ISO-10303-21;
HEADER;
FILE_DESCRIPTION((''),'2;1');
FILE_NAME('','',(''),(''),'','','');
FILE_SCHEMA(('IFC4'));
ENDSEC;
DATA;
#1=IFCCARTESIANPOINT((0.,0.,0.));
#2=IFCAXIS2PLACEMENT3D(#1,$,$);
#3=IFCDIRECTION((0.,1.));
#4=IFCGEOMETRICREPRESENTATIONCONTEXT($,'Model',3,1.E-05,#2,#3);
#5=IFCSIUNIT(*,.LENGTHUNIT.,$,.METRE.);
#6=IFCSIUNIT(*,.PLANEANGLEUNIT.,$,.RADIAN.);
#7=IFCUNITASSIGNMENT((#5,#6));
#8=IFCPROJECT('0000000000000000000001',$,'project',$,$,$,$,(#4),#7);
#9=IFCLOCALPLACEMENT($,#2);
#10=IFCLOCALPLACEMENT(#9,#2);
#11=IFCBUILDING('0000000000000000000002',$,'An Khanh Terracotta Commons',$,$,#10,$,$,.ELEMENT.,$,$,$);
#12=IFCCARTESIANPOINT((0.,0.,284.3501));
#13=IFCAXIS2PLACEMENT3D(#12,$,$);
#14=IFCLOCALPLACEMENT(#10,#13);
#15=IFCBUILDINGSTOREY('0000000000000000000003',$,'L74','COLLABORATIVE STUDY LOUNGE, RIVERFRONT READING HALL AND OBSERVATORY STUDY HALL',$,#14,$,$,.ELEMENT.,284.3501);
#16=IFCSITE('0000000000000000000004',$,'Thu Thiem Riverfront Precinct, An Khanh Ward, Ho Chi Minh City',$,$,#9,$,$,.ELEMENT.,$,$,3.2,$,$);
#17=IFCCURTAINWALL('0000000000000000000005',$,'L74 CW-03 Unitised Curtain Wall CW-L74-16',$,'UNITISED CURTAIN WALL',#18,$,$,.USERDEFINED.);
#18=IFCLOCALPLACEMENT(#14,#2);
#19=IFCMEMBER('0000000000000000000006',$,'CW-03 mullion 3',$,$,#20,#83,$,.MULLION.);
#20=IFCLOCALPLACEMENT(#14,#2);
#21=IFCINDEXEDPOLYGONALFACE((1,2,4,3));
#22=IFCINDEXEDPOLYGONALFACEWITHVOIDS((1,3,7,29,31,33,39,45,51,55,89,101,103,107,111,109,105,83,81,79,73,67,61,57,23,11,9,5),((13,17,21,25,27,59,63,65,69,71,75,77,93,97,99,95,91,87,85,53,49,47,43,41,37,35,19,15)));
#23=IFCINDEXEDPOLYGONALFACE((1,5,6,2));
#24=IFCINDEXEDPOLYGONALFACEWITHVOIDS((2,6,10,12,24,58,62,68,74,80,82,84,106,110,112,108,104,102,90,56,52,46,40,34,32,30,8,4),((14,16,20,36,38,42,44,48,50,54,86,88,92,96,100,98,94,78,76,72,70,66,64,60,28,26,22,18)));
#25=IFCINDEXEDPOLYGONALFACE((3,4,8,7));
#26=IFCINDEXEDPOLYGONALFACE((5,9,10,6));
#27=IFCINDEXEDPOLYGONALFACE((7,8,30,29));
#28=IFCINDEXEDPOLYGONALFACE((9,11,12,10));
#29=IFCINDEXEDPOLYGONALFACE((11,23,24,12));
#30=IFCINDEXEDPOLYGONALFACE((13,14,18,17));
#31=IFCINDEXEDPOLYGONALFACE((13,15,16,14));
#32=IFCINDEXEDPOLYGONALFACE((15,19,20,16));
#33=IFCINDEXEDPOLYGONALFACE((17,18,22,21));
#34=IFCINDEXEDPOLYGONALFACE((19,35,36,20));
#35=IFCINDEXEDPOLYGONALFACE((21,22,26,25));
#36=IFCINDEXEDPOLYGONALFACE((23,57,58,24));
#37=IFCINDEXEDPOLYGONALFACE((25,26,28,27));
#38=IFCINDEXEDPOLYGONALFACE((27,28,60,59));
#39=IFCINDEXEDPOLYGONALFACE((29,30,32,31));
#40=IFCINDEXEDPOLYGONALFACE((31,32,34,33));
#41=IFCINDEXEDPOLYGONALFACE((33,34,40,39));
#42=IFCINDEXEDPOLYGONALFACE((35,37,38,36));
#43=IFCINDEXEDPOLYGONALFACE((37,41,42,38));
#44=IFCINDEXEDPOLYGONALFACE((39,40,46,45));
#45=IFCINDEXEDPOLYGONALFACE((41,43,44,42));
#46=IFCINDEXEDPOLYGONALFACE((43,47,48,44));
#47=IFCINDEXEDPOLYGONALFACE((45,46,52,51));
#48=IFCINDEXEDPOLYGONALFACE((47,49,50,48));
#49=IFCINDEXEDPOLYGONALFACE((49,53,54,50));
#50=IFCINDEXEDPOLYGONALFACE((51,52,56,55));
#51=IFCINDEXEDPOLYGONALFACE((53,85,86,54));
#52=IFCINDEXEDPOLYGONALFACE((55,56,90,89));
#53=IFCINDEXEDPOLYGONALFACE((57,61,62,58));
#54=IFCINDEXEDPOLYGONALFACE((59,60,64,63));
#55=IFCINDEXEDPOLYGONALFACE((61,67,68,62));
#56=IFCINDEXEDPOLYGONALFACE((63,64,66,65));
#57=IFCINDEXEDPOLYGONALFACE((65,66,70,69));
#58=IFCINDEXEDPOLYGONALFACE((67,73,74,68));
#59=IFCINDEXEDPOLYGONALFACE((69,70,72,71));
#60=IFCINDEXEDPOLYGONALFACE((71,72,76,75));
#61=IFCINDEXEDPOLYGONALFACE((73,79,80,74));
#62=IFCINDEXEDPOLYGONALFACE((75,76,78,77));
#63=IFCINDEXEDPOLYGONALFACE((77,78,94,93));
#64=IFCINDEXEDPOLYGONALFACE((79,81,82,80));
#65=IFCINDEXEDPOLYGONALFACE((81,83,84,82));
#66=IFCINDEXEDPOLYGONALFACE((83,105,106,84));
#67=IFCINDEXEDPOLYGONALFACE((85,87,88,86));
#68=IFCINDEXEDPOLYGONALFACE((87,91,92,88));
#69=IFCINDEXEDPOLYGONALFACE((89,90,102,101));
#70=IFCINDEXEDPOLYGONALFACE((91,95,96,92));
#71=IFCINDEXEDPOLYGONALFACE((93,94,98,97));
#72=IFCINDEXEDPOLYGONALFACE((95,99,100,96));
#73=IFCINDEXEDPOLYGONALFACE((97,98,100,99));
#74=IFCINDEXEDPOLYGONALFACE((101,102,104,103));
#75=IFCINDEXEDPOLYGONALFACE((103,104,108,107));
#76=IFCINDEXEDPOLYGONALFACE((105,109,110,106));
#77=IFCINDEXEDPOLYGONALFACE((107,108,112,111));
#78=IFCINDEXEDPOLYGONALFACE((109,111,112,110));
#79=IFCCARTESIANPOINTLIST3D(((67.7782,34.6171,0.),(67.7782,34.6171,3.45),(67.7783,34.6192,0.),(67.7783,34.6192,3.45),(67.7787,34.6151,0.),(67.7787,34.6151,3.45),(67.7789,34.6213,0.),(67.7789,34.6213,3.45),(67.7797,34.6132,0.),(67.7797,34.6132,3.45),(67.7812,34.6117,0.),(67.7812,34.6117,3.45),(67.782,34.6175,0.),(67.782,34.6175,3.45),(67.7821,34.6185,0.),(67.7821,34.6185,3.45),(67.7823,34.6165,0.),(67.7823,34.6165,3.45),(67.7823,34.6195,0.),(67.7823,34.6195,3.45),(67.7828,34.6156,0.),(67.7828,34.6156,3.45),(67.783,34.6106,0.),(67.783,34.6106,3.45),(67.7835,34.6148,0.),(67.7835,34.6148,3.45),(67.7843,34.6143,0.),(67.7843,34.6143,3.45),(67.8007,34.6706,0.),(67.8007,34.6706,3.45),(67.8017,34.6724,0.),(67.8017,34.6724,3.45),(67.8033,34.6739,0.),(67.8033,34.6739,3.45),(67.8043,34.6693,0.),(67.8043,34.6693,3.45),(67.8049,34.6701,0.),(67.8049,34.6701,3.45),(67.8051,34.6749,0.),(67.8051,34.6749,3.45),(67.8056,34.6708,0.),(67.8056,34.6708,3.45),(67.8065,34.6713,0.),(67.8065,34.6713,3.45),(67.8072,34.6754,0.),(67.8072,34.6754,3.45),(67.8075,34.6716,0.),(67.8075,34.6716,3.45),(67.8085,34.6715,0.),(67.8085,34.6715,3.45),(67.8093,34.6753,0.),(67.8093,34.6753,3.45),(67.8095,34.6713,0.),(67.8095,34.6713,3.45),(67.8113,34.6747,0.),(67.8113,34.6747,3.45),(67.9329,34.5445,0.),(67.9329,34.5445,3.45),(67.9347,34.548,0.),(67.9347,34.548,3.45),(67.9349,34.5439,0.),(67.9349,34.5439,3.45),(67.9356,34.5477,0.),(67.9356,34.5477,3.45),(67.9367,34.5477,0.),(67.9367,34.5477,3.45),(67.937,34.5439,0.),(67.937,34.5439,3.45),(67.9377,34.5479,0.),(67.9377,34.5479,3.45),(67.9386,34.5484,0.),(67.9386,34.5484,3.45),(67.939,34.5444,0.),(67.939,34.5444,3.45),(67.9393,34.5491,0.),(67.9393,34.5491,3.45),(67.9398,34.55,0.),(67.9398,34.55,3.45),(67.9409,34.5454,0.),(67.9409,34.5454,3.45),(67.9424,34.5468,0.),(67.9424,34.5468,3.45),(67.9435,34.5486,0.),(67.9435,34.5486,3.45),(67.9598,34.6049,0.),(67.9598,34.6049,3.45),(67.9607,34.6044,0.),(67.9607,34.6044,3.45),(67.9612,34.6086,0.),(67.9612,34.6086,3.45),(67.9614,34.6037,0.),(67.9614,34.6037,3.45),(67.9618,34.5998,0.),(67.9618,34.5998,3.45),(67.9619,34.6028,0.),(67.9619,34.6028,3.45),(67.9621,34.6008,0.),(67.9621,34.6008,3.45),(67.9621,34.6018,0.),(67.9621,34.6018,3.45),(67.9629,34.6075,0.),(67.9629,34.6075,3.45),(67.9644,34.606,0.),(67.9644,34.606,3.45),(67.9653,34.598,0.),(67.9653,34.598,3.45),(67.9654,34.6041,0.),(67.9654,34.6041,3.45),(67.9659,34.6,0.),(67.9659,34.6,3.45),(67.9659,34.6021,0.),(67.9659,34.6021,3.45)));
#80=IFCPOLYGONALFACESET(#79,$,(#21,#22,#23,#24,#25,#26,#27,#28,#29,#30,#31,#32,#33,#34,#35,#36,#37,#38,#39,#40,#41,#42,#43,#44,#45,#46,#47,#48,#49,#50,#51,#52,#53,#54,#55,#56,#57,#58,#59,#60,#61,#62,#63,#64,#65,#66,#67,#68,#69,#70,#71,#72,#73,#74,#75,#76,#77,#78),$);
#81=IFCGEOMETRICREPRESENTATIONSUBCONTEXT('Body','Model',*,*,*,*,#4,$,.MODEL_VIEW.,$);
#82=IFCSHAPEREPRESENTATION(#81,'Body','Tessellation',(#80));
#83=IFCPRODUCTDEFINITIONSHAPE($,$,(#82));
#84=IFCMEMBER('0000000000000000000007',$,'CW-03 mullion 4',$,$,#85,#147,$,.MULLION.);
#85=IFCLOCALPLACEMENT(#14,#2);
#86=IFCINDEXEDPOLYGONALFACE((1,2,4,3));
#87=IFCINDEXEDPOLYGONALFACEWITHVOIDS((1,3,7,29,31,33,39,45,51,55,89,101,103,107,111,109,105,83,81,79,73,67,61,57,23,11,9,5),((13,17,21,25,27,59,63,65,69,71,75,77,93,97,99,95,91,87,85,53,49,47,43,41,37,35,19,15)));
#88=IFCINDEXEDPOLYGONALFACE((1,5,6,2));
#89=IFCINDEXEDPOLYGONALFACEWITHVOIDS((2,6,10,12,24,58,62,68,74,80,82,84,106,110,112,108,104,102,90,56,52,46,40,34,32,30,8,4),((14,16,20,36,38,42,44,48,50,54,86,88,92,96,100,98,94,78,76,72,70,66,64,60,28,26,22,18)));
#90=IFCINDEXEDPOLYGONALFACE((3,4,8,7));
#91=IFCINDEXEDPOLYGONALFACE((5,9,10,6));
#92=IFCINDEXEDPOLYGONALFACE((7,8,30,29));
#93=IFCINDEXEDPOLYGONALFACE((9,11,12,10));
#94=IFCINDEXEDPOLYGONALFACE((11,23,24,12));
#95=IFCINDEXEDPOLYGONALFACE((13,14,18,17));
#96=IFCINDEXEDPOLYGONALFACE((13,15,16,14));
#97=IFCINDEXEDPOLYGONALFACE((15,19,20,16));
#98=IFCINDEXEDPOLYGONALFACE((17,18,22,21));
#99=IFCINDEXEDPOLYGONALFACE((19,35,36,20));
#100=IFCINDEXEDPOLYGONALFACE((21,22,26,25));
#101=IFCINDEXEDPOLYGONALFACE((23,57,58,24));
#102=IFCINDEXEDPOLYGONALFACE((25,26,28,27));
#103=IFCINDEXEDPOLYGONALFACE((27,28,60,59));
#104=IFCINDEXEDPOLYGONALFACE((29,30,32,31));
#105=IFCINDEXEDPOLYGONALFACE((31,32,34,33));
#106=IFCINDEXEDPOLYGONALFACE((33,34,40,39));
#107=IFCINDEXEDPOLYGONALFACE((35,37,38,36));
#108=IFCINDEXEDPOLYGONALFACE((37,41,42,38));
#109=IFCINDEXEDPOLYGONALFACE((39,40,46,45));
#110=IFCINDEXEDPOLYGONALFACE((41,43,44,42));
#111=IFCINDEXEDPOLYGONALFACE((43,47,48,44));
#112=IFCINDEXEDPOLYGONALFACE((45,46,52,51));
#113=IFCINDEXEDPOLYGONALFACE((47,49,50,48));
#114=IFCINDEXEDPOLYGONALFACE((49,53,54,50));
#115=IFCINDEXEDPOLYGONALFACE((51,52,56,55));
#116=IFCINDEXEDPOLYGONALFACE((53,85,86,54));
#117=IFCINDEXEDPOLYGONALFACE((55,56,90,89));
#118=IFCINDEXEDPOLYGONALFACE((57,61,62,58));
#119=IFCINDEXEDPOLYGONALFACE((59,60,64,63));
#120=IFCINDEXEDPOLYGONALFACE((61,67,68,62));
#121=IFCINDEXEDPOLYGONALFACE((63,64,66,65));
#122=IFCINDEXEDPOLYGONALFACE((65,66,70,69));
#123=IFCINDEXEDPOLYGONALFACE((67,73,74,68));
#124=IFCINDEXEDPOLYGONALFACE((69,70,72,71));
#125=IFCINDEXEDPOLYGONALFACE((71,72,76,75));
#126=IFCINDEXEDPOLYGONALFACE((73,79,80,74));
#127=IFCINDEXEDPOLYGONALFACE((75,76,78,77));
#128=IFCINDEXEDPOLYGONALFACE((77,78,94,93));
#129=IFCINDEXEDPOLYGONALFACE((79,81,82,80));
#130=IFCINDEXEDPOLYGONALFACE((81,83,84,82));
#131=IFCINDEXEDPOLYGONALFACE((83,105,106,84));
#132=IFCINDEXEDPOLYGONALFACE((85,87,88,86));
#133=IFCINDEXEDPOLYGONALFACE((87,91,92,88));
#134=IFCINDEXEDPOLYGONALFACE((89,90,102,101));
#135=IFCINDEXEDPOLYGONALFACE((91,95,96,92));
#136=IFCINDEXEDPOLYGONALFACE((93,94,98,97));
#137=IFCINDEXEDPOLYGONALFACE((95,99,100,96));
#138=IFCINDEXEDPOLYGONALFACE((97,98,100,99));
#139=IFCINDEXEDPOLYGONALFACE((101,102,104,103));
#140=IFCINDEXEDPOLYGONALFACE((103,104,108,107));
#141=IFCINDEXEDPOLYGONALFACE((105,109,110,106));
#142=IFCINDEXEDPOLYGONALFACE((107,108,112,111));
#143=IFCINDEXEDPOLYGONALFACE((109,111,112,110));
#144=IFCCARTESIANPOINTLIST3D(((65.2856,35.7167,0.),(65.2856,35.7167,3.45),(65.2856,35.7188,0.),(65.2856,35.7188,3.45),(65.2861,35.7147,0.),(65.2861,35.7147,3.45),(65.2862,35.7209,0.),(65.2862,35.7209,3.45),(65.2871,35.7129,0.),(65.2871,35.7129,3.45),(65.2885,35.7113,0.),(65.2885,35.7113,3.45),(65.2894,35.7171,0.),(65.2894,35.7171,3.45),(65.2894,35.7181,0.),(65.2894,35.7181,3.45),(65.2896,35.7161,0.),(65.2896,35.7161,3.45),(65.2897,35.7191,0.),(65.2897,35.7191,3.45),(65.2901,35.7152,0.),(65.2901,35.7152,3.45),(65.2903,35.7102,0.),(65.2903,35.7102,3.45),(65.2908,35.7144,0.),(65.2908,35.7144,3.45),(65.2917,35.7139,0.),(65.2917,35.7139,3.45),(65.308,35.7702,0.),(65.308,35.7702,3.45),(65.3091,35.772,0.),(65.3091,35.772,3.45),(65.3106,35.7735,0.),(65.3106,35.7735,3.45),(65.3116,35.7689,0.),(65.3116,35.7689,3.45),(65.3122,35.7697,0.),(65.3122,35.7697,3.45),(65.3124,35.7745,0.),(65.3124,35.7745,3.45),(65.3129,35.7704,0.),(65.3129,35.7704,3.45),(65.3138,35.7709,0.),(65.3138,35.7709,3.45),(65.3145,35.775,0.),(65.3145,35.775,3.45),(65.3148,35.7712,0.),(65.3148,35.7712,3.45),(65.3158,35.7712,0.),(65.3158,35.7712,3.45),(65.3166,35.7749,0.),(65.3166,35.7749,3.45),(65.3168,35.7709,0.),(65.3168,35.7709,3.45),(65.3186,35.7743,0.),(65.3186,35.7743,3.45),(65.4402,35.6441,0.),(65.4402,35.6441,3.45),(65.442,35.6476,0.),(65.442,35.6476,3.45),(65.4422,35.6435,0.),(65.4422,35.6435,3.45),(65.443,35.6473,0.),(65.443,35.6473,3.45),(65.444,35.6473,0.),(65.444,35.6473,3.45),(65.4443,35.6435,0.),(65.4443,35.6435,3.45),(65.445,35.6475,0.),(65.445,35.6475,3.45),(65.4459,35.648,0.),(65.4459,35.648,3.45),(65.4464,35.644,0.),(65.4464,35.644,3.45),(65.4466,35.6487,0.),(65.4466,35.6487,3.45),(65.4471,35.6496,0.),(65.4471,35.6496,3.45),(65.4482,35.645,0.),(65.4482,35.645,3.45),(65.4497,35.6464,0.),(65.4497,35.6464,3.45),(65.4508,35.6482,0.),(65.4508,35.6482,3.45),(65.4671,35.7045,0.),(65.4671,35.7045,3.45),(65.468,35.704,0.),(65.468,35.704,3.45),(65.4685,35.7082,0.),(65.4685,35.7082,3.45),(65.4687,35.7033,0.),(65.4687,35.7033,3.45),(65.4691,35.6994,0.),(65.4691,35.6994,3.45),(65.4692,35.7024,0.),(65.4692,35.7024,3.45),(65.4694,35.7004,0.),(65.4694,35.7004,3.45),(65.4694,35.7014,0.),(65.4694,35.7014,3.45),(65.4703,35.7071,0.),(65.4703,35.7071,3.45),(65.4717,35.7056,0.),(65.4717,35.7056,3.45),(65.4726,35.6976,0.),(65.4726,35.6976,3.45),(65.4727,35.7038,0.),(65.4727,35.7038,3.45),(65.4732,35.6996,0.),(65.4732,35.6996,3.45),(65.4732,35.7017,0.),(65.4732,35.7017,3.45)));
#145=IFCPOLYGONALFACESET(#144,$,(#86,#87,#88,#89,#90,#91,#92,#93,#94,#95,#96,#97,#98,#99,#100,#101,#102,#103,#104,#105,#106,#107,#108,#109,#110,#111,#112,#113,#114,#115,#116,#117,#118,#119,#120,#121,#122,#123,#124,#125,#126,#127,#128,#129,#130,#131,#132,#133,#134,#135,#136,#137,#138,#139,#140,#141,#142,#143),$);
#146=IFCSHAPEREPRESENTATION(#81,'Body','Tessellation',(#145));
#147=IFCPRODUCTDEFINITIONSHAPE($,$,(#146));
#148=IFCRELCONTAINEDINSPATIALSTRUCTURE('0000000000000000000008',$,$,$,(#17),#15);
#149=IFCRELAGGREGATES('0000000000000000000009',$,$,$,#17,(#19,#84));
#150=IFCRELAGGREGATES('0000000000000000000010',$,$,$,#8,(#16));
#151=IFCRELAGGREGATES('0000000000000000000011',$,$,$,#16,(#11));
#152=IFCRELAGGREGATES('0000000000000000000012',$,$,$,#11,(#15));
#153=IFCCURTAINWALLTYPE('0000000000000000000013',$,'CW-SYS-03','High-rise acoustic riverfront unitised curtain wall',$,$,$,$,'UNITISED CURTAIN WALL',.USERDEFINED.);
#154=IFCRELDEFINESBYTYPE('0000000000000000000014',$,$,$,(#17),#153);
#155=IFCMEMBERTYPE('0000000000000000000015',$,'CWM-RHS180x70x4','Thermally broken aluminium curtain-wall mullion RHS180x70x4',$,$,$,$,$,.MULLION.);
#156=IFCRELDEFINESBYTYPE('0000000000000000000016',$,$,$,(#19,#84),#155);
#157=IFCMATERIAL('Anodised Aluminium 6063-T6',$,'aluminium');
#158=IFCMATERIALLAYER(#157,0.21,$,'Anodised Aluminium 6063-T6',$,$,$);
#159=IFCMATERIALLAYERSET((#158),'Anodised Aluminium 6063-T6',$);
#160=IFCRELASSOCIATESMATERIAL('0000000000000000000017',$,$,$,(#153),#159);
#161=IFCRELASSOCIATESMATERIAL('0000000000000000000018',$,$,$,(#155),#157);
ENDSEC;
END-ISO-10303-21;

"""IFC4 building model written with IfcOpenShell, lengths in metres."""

from ifc_helpers import new_model, si_unit, direction, frame, origin, origin_2d, place, context, subcontext, project, spatial, hollow_rectangle, extrude, material, layer, layer_set, material_profile, profile_set, type_object, element, aggregate, save


model = new_model("IFC4")

# Units and contexts
model_context = context("Model", 3, precision=1e-05, world=origin(), true_north=direction((0.0, 1.0)))
body_context = subcontext(model_context, "Body", "Model", "MODEL_VIEW")
ifc_project = project(units=[si_unit("LENGTHUNIT", "METRE"), si_unit("PLANEANGLEUNIT", "RADIAN")], contexts=[model_context])

# Site, building, storey
site_placement = place(None, origin())
site = spatial("IfcSite", under=ifc_project, at=site_placement, Name="Thu Thiem Riverfront Precinct, An Khanh Ward, Ho Chi Minh City", CompositionType="ELEMENT", RefElevation=3.2)
building_placement = place(site_placement, origin())
building = spatial("IfcBuilding", under=site, at=building_placement, Name="An Khanh Terracotta Commons", CompositionType="ELEMENT")
storey_placement = place(building_placement, frame((0.0, 0.0, 284.3501)))
storey = spatial("IfcBuildingStorey", under=building, at=storey_placement, Name="L74", Description="COLLABORATIVE STUDY LOUNGE, RIVERFRONT READING HALL AND OBSERVATORY STUDY HALL", CompositionType="ELEMENT", Elevation=284.3501)

# Curtain wall, members
ifc_material_1 = material(Name="Anodised Aluminium 6063-T6", Category="aluminium")
ifc_layer_1 = layer(ifc_material_1, 0.21, Name="Anodised Aluminium 6063-T6")
ifc_layer_set_1 = layer_set([ifc_layer_1], Name="Anodised Aluminium 6063-T6")
curtain_wall_type = type_object("IfcCurtainWallType", Name="CW-SYS-03", Description="High-rise acoustic riverfront unitised curtain wall", ElementType="UNITISED CURTAIN WALL", PredefinedType="USERDEFINED", material=ifc_layer_set_1)
ifc_material_profile_1 = material_profile(ifc_material_1, hollow_rectangle(XDim=0.0701, YDim=0.1799, WallThickness=0.0039, InnerFilletRadius=0.0039, OuterFilletRadius=0.0081, at=origin_2d()), Name="RHS180x70x4")
ifc_profile_set_1 = profile_set([ifc_material_profile_1], Name="Anodised Aluminium 6063-T6")
member_type_1 = type_object("IfcMemberType", Name="CWM-RHS180x70x4", Description="Thermally broken aluminium curtain-wall mullion RHS180x70x4", PredefinedType="MULLION", material=ifc_profile_set_1)
curtain_wall_1_placement = place(storey_placement, origin())
curtain_wall_1 = element("IfcCurtainWall", 1, at=curtain_wall_1_placement, inside=storey, type_object=curtain_wall_type, Name="L74 CW-03 Unitised Curtain Wall CW-L74-16", ObjectType="UNITISED CURTAIN WALL", PredefinedType="USERDEFINED")
member_1_placement = place(storey_placement, frame((67.8721, 34.6096, 0.0), z_axis=(0.0, 0.0, 1.0), x_axis=(-0.403676, -0.914902, 0.0)))
member_1 = element("IfcMember", 2, at=member_1_placement, type_object=member_type_1, Name="CW-03 mullion 3", PredefinedType="MULLION", context=body_context, shape_type="SweptSolid", body=[
    extrude(hollow_rectangle(XDim=0.0701, YDim=0.1799, WallThickness=0.0039, InnerFilletRadius=0.0039, OuterFilletRadius=0.0081, at=origin_2d()), origin(), (0.0, 0.0, 1.0), 3.45),
])
member_2_placement = place(storey_placement, frame((65.3794, 35.7092, 0.0), z_axis=(0.0, 0.0, 1.0), x_axis=(-0.403676, -0.914902, 0.0)))
member_2 = element("IfcMember", 3, at=member_2_placement, type_object=member_type_1, Name="CW-03 mullion 4", PredefinedType="MULLION", context=body_context, shape_type="SweptSolid", body=[
    extrude(hollow_rectangle(XDim=0.0701, YDim=0.1799, WallThickness=0.0039, InnerFilletRadius=0.0039, OuterFilletRadius=0.0081, at=origin_2d()), origin(), (0.0, 0.0, 1.0), 3.45),
])

aggregate(curtain_wall_1, [member_1, member_2])

save(model, "model.ifc")
